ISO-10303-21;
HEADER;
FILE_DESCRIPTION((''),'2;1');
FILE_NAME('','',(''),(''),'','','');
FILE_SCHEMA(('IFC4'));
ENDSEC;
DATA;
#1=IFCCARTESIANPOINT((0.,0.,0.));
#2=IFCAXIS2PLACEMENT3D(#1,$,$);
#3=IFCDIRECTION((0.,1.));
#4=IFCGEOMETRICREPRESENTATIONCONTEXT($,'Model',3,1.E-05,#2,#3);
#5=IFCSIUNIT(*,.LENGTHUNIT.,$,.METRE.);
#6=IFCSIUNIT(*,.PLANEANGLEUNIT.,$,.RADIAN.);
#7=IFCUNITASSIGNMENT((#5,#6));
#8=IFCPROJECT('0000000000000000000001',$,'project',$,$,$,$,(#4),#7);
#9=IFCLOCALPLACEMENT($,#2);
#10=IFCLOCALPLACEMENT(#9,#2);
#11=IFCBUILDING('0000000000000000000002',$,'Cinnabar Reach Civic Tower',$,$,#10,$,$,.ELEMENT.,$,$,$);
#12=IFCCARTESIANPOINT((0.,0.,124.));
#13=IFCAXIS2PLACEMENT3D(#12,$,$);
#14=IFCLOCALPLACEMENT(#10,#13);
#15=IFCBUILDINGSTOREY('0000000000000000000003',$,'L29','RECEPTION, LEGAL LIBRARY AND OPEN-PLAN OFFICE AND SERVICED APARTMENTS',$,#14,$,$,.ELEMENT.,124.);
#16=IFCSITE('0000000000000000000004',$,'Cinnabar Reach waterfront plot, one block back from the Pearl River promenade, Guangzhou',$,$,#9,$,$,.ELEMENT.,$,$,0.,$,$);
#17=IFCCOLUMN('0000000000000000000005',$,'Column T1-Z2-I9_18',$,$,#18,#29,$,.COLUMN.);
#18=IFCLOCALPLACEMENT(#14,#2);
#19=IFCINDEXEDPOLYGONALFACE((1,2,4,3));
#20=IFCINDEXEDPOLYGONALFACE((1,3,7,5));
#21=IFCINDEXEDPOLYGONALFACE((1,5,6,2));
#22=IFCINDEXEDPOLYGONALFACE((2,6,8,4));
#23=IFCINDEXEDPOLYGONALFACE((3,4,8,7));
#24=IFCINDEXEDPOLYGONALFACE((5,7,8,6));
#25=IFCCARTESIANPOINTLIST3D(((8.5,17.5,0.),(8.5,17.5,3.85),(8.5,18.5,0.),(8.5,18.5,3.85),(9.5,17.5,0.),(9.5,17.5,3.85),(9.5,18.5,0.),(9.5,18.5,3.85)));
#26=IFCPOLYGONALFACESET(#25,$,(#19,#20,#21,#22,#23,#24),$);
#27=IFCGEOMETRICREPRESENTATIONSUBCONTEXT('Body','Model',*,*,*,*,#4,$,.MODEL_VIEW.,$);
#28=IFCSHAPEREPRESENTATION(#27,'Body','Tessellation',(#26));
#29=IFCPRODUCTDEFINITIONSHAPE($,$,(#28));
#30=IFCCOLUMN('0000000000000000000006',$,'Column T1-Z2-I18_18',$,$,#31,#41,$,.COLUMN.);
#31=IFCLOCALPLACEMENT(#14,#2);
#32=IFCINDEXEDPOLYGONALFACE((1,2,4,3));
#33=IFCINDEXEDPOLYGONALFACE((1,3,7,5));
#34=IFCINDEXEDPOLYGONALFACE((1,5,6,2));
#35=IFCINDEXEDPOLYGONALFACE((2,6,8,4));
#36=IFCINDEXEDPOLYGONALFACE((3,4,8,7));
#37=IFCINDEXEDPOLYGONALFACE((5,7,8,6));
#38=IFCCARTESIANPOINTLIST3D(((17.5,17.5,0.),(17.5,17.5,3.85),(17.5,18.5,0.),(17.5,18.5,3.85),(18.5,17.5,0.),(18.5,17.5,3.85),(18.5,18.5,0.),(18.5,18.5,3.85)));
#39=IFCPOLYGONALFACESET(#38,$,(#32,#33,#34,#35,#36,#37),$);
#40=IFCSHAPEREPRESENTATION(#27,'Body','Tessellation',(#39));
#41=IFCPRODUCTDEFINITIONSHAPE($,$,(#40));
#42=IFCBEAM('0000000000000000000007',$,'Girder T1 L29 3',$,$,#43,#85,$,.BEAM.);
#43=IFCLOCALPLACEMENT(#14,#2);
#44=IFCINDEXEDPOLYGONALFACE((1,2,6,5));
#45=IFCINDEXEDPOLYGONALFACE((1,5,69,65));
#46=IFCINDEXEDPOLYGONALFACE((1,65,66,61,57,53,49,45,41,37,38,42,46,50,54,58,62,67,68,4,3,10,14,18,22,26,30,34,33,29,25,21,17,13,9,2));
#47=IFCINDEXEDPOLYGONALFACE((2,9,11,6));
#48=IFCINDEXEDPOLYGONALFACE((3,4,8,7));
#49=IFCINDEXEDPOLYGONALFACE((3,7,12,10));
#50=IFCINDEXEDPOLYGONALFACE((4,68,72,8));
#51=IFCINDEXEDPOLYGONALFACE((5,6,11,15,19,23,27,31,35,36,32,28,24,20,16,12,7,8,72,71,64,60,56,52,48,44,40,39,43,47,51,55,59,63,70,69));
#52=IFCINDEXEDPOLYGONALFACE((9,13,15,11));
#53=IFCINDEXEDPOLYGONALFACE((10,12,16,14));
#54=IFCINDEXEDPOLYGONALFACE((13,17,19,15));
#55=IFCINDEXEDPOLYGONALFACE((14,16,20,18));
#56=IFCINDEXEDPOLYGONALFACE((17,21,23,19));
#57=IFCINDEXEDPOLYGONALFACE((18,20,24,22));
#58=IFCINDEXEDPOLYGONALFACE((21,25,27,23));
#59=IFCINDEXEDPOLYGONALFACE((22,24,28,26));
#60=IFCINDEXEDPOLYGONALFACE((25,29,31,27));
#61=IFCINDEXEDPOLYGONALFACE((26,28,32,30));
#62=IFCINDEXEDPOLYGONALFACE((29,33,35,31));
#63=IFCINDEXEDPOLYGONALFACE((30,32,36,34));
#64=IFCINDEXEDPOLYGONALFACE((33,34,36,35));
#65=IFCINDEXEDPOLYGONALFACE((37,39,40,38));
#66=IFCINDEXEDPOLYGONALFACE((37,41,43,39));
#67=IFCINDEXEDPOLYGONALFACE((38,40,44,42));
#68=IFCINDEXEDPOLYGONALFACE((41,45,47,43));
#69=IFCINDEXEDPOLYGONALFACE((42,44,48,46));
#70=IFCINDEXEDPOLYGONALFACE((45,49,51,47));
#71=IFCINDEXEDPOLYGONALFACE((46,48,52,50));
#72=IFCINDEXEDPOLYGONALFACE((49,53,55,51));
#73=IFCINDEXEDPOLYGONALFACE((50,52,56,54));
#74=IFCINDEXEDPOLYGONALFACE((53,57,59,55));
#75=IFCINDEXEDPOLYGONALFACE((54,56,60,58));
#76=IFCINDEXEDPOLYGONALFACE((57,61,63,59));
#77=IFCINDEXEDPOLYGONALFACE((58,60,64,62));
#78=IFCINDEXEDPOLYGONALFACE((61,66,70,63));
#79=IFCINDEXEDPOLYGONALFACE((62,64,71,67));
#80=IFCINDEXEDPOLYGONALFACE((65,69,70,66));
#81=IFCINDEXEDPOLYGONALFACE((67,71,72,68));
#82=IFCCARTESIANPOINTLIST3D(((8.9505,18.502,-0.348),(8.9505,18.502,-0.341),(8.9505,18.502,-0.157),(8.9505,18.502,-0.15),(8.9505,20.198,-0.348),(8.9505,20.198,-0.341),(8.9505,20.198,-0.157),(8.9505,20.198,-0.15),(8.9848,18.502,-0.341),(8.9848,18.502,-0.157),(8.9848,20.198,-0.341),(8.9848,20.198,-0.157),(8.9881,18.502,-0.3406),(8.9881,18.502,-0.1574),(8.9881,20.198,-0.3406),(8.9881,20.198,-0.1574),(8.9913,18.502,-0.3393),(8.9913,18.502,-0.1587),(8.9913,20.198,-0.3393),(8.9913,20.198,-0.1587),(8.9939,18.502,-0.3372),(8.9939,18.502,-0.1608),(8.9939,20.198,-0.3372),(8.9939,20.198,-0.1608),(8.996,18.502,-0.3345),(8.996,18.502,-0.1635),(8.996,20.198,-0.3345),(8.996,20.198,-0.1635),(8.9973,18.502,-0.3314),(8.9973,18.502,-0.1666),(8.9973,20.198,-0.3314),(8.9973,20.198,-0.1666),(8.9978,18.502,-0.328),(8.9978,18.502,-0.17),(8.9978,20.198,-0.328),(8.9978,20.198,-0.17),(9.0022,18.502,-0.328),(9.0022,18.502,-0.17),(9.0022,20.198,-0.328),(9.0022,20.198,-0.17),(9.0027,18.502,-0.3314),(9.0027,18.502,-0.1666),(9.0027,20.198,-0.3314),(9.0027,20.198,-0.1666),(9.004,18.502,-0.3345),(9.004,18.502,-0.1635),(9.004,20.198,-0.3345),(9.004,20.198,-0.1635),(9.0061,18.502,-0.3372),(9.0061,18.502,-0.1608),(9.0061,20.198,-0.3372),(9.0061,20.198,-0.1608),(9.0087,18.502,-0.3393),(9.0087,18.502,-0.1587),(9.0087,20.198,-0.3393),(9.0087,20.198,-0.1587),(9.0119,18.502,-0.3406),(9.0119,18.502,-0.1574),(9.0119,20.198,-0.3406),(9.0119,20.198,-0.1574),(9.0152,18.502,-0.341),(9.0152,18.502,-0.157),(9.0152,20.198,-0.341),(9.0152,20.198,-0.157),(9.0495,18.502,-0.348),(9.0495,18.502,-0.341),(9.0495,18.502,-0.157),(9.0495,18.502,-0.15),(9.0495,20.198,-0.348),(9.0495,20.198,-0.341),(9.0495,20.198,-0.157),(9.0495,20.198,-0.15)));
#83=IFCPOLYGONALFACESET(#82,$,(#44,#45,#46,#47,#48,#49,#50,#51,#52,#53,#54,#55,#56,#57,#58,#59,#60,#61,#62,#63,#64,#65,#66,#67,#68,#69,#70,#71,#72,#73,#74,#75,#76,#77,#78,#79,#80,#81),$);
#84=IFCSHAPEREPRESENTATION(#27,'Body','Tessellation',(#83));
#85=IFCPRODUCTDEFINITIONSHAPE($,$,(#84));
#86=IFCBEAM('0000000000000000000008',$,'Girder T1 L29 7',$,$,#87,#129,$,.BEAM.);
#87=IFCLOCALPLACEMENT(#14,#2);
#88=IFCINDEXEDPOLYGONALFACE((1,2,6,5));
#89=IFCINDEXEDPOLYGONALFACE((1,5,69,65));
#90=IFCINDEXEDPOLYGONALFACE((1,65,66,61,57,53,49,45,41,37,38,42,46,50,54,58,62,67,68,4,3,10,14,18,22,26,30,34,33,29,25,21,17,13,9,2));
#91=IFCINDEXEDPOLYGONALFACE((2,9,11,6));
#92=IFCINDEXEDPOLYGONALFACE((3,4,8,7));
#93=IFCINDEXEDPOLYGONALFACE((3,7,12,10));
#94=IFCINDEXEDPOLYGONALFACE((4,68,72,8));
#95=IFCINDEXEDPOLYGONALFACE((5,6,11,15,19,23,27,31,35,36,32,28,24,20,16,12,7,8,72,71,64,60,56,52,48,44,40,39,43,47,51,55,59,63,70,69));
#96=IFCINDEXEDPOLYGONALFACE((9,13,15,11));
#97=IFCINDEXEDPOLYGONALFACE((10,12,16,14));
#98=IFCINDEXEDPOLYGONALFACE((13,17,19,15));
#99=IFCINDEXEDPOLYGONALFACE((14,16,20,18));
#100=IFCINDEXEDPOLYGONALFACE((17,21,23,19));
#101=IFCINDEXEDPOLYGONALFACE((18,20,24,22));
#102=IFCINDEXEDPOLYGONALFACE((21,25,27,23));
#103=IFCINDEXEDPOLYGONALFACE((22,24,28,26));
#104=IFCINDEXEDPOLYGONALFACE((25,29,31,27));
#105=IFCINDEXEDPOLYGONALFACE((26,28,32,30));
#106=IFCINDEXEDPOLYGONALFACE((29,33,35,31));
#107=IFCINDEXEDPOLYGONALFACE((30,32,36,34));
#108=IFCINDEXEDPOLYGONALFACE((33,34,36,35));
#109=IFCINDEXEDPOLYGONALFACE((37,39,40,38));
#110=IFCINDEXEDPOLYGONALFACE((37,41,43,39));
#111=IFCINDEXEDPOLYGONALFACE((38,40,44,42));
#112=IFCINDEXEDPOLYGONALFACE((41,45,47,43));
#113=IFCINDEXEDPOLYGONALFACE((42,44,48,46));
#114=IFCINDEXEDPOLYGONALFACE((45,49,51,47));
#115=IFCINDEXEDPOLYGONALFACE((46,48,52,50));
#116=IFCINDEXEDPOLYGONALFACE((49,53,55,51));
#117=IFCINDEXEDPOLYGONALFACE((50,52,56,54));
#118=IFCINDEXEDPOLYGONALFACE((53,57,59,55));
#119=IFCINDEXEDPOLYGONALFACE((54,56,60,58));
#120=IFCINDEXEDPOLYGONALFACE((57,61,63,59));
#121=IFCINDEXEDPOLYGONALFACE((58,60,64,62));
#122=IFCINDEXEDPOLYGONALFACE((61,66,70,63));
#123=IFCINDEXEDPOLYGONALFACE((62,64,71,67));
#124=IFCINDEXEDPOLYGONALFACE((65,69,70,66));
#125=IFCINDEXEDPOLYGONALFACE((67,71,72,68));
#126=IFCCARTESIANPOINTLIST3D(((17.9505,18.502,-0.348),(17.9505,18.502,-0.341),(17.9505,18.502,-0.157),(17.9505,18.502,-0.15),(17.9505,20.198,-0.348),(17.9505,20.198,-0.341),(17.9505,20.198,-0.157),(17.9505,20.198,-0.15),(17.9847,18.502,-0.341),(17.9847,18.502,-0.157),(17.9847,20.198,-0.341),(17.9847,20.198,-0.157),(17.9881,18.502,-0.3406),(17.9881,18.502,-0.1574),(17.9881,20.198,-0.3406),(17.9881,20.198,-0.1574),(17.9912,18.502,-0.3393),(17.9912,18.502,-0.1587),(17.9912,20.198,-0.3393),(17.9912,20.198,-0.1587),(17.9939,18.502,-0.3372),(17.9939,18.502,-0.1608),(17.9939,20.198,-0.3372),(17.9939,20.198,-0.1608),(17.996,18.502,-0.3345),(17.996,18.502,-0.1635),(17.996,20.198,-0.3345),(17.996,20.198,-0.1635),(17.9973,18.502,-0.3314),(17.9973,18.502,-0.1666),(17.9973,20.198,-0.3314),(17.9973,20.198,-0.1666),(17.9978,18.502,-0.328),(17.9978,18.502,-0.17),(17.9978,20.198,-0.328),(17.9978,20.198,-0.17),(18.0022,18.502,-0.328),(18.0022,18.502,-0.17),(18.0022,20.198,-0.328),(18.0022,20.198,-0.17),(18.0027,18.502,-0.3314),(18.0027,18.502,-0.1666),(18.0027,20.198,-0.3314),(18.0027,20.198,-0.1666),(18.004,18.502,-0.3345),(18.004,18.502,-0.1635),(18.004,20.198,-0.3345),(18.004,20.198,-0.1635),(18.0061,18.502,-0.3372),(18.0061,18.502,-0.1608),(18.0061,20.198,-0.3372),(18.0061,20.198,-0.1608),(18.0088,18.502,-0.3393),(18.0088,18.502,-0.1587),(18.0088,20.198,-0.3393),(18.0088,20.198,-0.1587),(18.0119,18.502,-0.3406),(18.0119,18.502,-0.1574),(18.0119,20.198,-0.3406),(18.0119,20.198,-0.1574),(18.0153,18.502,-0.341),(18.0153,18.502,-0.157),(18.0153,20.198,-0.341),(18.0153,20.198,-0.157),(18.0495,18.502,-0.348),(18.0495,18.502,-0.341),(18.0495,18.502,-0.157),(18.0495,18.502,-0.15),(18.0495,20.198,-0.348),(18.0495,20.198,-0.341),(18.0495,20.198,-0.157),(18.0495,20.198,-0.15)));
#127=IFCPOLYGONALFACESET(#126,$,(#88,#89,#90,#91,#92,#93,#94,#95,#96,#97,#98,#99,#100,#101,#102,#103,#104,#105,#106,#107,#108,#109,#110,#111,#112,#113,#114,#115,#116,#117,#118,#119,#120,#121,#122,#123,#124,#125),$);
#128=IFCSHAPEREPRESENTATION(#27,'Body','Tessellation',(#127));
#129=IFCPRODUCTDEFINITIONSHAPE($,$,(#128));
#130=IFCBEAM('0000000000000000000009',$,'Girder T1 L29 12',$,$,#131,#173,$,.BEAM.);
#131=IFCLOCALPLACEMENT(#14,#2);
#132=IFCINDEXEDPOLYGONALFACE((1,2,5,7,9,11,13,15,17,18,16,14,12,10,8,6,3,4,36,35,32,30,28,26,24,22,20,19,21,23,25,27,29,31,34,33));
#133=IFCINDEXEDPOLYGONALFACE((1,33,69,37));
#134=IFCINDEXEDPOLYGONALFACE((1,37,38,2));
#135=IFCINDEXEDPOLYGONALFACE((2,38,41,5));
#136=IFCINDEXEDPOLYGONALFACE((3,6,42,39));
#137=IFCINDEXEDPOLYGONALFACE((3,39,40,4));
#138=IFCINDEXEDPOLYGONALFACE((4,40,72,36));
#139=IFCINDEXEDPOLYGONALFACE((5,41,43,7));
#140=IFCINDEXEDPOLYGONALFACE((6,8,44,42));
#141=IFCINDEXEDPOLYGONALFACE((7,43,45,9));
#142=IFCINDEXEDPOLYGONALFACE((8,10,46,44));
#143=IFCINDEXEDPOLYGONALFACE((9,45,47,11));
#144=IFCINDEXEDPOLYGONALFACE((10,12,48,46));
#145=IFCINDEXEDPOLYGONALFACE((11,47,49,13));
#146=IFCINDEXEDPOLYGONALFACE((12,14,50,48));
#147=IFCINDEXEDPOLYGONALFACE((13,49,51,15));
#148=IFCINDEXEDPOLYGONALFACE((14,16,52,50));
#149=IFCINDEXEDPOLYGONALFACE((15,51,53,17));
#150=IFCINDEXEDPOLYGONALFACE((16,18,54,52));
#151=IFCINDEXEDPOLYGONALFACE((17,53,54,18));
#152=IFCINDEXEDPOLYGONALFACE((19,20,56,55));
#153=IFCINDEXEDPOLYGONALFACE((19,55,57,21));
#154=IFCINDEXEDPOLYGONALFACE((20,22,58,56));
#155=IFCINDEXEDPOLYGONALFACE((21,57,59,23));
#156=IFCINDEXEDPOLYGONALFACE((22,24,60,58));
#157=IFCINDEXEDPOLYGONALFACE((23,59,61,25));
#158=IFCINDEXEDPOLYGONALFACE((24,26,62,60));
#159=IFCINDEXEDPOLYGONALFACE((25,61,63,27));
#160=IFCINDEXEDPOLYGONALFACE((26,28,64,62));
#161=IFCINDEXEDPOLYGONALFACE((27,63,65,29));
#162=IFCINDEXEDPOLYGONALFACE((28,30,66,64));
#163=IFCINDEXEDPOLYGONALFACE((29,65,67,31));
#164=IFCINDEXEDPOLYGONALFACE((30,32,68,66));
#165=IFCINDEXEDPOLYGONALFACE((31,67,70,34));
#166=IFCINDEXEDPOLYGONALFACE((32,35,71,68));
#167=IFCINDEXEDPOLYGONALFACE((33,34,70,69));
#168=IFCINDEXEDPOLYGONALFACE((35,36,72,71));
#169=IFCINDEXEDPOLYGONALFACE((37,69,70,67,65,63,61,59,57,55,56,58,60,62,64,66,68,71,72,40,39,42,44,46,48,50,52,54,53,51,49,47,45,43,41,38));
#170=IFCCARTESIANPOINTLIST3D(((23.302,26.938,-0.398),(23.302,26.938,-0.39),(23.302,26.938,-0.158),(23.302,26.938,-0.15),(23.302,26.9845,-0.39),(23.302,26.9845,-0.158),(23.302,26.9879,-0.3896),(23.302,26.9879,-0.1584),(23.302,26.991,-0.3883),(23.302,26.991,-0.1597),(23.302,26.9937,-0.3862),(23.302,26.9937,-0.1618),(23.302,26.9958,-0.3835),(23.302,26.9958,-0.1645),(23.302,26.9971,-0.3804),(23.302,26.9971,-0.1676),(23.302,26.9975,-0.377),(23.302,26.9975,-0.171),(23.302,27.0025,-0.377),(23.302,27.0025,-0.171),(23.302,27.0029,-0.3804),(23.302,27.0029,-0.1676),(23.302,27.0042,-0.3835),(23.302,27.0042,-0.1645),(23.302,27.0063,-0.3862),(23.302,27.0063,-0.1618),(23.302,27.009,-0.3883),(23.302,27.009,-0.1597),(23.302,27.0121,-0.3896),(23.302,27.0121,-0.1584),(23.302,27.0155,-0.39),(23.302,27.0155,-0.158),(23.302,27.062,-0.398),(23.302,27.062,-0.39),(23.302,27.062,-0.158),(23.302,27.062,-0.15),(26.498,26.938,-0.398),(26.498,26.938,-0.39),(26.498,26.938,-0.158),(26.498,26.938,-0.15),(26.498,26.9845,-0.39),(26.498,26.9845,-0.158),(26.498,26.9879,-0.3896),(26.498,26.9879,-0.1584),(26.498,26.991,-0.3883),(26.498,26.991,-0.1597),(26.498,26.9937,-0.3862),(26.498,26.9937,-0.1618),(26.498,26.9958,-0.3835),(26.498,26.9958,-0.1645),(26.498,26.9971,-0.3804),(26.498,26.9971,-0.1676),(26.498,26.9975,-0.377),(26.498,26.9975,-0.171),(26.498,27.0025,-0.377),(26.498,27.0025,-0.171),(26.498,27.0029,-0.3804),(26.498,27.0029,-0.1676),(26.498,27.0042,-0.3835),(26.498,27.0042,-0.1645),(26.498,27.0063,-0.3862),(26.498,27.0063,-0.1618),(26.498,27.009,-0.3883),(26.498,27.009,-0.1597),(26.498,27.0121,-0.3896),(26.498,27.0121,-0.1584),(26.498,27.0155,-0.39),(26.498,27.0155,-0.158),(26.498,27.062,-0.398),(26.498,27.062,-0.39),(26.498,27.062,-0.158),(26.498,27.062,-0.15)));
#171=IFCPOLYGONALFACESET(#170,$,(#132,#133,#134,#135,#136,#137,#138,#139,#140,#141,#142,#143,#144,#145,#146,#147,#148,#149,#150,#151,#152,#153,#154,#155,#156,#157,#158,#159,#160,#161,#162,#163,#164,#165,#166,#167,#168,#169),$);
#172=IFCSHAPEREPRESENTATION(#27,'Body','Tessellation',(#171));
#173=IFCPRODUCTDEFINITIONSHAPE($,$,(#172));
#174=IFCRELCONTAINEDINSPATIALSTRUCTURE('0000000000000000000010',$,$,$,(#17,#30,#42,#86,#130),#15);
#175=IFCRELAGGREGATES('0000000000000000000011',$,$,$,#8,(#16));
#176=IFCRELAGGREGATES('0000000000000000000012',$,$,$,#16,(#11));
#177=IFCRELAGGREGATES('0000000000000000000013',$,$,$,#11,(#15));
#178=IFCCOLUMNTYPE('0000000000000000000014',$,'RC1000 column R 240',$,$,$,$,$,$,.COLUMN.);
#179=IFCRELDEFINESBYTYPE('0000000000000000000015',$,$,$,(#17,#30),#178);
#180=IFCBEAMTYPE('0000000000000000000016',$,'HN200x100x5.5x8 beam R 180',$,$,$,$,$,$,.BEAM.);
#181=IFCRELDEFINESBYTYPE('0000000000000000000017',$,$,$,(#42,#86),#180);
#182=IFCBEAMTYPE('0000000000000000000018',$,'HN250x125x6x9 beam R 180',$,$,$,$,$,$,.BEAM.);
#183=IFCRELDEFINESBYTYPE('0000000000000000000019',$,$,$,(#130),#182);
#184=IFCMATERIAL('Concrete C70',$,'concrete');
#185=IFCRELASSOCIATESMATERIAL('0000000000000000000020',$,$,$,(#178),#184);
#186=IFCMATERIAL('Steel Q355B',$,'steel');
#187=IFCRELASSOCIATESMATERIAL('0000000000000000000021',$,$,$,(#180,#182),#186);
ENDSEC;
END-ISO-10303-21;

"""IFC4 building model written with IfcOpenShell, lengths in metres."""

from ifc_helpers import new_model, si_unit, direction, frame, origin, origin_2d, place, context, subcontext, project, spatial, rectangle, i_section, extrude, material, material_profile, profile_set, type_object, element, save


model = new_model("IFC4")

# Units and contexts
model_context = context("Model", 3, precision=1e-05, world=origin(), true_north=direction((0.0, 1.0)))
body_context = subcontext(model_context, "Body", "Model", "MODEL_VIEW")
ifc_project = project(units=[si_unit("LENGTHUNIT", "METRE"), si_unit("PLANEANGLEUNIT", "RADIAN")], contexts=[model_context])

# Site, building, storey
site_placement = place(None, origin())
site = spatial("IfcSite", under=ifc_project, at=site_placement, Name="Cinnabar Reach waterfront plot, one block back from the Pearl River promenade, Guangzhou", CompositionType="ELEMENT", RefElevation=0.0)
building_placement = place(site_placement, origin())
building = spatial("IfcBuilding", under=site, at=building_placement, Name="Cinnabar Reach Civic Tower", CompositionType="ELEMENT")
storey_placement = place(building_placement, frame((0.0, 0.0, 124.0)))
storey = spatial("IfcBuildingStorey", under=building, at=storey_placement, Name="L29", Description="RECEPTION, LEGAL LIBRARY AND OPEN-PLAN OFFICE AND SERVICED APARTMENTS", CompositionType="ELEMENT", Elevation=124.0)

# Columns
ifc_material_1 = material(Name="Concrete C70", Category="concrete")
ifc_material_profile_1 = material_profile(ifc_material_1, rectangle(XDim=1.0, YDim=1.0, at=origin_2d()), Name="RC1000")
ifc_profile_set_1 = profile_set([ifc_material_profile_1], Name="Concrete C70")
column_type = type_object("IfcColumnType", Name="RC1000 column R 240", PredefinedType="COLUMN", material=ifc_profile_set_1)
for number, where, z_axis, x_axis, name in (
    (1, (9.0, 18.0, 0.0), (0.0, 0.0, 1.0), (1.0, 0.0, 0.0), "Column T1-Z2-I9_18"),
    (2, (18.0, 18.0, 0.0), (0.0, 0.0, 1.0), (1.0, 0.0, 0.0), "Column T1-Z2-I18_18"),
):
    element("IfcColumn", number, at=place(storey_placement, frame(where, z_axis=z_axis, x_axis=x_axis)), inside=storey, type_object=column_type, Name=name, PredefinedType="COLUMN", context=body_context, shape_type="SweptSolid", body=[
        extrude(rectangle(XDim=1.0, YDim=1.0, at=origin_2d()), origin(), (0.0, 0.0, 1.0), 3.85),
    ])

# Beams
ifc_material_2 = material(Name="Steel Q355B", Category="steel")
ifc_material_profile_2 = material_profile(ifc_material_2, i_section(OverallWidth=0.099, OverallDepth=0.198, WebThickness=0.0045, FlangeThickness=0.007, FilletRadius=0.013, at=origin_2d()), Name="HN200x100x5.5x8")
ifc_profile_set_2 = profile_set([ifc_material_profile_2], Name="Steel Q355B")
beam_type_1 = type_object("IfcBeamType", Name="HN200x100x5.5x8 beam R 180", PredefinedType="BEAM", material=ifc_profile_set_2)
for number, where, z_axis, x_axis, name in (
    (3, (9.0, 18.502, -0.249), (0.0, 1.0, 0.0), (-1.0, 0.0, 0.0), "Girder T1 L29 3"),
    (4, (18.0, 18.502, -0.249), (0.0, 1.0, 0.0), (-1.0, 0.0, 0.0), "Girder T1 L29 7"),
):
    element("IfcBeam", number, at=place(storey_placement, frame(where, z_axis=z_axis, x_axis=x_axis)), inside=storey, type_object=beam_type_1, Name=name, PredefinedType="BEAM", context=body_context, shape_type="SweptSolid", body=[
        extrude(i_section(OverallWidth=0.099, OverallDepth=0.198, WebThickness=0.0045, FlangeThickness=0.007, FilletRadius=0.013, at=origin_2d()), origin(), (0.0, 0.0, 1.0), 1.696),
    ])
ifc_material_profile_3 = material_profile(ifc_material_2, i_section(OverallWidth=0.124, OverallDepth=0.248, WebThickness=0.005, FlangeThickness=0.008, FilletRadius=0.013, at=origin_2d()), Name="HN250x125x6x9")
ifc_profile_set_3 = profile_set([ifc_material_profile_3], Name="Steel Q355B")
beam_type_2 = type_object("IfcBeamType", Name="HN250x125x6x9 beam R 180", PredefinedType="BEAM", material=ifc_profile_set_3)
beam_1_placement = place(storey_placement, frame((23.302, 27.0, -0.274), z_axis=(1.0, 0.0, 0.0), x_axis=(0.0, 1.0, 0.0)))
element("IfcBeam", 5, at=beam_1_placement, inside=storey, type_object=beam_type_2, Name="Girder T1 L29 12", PredefinedType="BEAM", context=body_context, shape_type="SweptSolid", body=[
    extrude(i_section(OverallWidth=0.124, OverallDepth=0.248, WebThickness=0.005, FlangeThickness=0.008, FilletRadius=0.013, at=origin_2d()), origin(), (0.0, 0.0, 1.0), 3.196),
])

save(model, "model.ifc")
